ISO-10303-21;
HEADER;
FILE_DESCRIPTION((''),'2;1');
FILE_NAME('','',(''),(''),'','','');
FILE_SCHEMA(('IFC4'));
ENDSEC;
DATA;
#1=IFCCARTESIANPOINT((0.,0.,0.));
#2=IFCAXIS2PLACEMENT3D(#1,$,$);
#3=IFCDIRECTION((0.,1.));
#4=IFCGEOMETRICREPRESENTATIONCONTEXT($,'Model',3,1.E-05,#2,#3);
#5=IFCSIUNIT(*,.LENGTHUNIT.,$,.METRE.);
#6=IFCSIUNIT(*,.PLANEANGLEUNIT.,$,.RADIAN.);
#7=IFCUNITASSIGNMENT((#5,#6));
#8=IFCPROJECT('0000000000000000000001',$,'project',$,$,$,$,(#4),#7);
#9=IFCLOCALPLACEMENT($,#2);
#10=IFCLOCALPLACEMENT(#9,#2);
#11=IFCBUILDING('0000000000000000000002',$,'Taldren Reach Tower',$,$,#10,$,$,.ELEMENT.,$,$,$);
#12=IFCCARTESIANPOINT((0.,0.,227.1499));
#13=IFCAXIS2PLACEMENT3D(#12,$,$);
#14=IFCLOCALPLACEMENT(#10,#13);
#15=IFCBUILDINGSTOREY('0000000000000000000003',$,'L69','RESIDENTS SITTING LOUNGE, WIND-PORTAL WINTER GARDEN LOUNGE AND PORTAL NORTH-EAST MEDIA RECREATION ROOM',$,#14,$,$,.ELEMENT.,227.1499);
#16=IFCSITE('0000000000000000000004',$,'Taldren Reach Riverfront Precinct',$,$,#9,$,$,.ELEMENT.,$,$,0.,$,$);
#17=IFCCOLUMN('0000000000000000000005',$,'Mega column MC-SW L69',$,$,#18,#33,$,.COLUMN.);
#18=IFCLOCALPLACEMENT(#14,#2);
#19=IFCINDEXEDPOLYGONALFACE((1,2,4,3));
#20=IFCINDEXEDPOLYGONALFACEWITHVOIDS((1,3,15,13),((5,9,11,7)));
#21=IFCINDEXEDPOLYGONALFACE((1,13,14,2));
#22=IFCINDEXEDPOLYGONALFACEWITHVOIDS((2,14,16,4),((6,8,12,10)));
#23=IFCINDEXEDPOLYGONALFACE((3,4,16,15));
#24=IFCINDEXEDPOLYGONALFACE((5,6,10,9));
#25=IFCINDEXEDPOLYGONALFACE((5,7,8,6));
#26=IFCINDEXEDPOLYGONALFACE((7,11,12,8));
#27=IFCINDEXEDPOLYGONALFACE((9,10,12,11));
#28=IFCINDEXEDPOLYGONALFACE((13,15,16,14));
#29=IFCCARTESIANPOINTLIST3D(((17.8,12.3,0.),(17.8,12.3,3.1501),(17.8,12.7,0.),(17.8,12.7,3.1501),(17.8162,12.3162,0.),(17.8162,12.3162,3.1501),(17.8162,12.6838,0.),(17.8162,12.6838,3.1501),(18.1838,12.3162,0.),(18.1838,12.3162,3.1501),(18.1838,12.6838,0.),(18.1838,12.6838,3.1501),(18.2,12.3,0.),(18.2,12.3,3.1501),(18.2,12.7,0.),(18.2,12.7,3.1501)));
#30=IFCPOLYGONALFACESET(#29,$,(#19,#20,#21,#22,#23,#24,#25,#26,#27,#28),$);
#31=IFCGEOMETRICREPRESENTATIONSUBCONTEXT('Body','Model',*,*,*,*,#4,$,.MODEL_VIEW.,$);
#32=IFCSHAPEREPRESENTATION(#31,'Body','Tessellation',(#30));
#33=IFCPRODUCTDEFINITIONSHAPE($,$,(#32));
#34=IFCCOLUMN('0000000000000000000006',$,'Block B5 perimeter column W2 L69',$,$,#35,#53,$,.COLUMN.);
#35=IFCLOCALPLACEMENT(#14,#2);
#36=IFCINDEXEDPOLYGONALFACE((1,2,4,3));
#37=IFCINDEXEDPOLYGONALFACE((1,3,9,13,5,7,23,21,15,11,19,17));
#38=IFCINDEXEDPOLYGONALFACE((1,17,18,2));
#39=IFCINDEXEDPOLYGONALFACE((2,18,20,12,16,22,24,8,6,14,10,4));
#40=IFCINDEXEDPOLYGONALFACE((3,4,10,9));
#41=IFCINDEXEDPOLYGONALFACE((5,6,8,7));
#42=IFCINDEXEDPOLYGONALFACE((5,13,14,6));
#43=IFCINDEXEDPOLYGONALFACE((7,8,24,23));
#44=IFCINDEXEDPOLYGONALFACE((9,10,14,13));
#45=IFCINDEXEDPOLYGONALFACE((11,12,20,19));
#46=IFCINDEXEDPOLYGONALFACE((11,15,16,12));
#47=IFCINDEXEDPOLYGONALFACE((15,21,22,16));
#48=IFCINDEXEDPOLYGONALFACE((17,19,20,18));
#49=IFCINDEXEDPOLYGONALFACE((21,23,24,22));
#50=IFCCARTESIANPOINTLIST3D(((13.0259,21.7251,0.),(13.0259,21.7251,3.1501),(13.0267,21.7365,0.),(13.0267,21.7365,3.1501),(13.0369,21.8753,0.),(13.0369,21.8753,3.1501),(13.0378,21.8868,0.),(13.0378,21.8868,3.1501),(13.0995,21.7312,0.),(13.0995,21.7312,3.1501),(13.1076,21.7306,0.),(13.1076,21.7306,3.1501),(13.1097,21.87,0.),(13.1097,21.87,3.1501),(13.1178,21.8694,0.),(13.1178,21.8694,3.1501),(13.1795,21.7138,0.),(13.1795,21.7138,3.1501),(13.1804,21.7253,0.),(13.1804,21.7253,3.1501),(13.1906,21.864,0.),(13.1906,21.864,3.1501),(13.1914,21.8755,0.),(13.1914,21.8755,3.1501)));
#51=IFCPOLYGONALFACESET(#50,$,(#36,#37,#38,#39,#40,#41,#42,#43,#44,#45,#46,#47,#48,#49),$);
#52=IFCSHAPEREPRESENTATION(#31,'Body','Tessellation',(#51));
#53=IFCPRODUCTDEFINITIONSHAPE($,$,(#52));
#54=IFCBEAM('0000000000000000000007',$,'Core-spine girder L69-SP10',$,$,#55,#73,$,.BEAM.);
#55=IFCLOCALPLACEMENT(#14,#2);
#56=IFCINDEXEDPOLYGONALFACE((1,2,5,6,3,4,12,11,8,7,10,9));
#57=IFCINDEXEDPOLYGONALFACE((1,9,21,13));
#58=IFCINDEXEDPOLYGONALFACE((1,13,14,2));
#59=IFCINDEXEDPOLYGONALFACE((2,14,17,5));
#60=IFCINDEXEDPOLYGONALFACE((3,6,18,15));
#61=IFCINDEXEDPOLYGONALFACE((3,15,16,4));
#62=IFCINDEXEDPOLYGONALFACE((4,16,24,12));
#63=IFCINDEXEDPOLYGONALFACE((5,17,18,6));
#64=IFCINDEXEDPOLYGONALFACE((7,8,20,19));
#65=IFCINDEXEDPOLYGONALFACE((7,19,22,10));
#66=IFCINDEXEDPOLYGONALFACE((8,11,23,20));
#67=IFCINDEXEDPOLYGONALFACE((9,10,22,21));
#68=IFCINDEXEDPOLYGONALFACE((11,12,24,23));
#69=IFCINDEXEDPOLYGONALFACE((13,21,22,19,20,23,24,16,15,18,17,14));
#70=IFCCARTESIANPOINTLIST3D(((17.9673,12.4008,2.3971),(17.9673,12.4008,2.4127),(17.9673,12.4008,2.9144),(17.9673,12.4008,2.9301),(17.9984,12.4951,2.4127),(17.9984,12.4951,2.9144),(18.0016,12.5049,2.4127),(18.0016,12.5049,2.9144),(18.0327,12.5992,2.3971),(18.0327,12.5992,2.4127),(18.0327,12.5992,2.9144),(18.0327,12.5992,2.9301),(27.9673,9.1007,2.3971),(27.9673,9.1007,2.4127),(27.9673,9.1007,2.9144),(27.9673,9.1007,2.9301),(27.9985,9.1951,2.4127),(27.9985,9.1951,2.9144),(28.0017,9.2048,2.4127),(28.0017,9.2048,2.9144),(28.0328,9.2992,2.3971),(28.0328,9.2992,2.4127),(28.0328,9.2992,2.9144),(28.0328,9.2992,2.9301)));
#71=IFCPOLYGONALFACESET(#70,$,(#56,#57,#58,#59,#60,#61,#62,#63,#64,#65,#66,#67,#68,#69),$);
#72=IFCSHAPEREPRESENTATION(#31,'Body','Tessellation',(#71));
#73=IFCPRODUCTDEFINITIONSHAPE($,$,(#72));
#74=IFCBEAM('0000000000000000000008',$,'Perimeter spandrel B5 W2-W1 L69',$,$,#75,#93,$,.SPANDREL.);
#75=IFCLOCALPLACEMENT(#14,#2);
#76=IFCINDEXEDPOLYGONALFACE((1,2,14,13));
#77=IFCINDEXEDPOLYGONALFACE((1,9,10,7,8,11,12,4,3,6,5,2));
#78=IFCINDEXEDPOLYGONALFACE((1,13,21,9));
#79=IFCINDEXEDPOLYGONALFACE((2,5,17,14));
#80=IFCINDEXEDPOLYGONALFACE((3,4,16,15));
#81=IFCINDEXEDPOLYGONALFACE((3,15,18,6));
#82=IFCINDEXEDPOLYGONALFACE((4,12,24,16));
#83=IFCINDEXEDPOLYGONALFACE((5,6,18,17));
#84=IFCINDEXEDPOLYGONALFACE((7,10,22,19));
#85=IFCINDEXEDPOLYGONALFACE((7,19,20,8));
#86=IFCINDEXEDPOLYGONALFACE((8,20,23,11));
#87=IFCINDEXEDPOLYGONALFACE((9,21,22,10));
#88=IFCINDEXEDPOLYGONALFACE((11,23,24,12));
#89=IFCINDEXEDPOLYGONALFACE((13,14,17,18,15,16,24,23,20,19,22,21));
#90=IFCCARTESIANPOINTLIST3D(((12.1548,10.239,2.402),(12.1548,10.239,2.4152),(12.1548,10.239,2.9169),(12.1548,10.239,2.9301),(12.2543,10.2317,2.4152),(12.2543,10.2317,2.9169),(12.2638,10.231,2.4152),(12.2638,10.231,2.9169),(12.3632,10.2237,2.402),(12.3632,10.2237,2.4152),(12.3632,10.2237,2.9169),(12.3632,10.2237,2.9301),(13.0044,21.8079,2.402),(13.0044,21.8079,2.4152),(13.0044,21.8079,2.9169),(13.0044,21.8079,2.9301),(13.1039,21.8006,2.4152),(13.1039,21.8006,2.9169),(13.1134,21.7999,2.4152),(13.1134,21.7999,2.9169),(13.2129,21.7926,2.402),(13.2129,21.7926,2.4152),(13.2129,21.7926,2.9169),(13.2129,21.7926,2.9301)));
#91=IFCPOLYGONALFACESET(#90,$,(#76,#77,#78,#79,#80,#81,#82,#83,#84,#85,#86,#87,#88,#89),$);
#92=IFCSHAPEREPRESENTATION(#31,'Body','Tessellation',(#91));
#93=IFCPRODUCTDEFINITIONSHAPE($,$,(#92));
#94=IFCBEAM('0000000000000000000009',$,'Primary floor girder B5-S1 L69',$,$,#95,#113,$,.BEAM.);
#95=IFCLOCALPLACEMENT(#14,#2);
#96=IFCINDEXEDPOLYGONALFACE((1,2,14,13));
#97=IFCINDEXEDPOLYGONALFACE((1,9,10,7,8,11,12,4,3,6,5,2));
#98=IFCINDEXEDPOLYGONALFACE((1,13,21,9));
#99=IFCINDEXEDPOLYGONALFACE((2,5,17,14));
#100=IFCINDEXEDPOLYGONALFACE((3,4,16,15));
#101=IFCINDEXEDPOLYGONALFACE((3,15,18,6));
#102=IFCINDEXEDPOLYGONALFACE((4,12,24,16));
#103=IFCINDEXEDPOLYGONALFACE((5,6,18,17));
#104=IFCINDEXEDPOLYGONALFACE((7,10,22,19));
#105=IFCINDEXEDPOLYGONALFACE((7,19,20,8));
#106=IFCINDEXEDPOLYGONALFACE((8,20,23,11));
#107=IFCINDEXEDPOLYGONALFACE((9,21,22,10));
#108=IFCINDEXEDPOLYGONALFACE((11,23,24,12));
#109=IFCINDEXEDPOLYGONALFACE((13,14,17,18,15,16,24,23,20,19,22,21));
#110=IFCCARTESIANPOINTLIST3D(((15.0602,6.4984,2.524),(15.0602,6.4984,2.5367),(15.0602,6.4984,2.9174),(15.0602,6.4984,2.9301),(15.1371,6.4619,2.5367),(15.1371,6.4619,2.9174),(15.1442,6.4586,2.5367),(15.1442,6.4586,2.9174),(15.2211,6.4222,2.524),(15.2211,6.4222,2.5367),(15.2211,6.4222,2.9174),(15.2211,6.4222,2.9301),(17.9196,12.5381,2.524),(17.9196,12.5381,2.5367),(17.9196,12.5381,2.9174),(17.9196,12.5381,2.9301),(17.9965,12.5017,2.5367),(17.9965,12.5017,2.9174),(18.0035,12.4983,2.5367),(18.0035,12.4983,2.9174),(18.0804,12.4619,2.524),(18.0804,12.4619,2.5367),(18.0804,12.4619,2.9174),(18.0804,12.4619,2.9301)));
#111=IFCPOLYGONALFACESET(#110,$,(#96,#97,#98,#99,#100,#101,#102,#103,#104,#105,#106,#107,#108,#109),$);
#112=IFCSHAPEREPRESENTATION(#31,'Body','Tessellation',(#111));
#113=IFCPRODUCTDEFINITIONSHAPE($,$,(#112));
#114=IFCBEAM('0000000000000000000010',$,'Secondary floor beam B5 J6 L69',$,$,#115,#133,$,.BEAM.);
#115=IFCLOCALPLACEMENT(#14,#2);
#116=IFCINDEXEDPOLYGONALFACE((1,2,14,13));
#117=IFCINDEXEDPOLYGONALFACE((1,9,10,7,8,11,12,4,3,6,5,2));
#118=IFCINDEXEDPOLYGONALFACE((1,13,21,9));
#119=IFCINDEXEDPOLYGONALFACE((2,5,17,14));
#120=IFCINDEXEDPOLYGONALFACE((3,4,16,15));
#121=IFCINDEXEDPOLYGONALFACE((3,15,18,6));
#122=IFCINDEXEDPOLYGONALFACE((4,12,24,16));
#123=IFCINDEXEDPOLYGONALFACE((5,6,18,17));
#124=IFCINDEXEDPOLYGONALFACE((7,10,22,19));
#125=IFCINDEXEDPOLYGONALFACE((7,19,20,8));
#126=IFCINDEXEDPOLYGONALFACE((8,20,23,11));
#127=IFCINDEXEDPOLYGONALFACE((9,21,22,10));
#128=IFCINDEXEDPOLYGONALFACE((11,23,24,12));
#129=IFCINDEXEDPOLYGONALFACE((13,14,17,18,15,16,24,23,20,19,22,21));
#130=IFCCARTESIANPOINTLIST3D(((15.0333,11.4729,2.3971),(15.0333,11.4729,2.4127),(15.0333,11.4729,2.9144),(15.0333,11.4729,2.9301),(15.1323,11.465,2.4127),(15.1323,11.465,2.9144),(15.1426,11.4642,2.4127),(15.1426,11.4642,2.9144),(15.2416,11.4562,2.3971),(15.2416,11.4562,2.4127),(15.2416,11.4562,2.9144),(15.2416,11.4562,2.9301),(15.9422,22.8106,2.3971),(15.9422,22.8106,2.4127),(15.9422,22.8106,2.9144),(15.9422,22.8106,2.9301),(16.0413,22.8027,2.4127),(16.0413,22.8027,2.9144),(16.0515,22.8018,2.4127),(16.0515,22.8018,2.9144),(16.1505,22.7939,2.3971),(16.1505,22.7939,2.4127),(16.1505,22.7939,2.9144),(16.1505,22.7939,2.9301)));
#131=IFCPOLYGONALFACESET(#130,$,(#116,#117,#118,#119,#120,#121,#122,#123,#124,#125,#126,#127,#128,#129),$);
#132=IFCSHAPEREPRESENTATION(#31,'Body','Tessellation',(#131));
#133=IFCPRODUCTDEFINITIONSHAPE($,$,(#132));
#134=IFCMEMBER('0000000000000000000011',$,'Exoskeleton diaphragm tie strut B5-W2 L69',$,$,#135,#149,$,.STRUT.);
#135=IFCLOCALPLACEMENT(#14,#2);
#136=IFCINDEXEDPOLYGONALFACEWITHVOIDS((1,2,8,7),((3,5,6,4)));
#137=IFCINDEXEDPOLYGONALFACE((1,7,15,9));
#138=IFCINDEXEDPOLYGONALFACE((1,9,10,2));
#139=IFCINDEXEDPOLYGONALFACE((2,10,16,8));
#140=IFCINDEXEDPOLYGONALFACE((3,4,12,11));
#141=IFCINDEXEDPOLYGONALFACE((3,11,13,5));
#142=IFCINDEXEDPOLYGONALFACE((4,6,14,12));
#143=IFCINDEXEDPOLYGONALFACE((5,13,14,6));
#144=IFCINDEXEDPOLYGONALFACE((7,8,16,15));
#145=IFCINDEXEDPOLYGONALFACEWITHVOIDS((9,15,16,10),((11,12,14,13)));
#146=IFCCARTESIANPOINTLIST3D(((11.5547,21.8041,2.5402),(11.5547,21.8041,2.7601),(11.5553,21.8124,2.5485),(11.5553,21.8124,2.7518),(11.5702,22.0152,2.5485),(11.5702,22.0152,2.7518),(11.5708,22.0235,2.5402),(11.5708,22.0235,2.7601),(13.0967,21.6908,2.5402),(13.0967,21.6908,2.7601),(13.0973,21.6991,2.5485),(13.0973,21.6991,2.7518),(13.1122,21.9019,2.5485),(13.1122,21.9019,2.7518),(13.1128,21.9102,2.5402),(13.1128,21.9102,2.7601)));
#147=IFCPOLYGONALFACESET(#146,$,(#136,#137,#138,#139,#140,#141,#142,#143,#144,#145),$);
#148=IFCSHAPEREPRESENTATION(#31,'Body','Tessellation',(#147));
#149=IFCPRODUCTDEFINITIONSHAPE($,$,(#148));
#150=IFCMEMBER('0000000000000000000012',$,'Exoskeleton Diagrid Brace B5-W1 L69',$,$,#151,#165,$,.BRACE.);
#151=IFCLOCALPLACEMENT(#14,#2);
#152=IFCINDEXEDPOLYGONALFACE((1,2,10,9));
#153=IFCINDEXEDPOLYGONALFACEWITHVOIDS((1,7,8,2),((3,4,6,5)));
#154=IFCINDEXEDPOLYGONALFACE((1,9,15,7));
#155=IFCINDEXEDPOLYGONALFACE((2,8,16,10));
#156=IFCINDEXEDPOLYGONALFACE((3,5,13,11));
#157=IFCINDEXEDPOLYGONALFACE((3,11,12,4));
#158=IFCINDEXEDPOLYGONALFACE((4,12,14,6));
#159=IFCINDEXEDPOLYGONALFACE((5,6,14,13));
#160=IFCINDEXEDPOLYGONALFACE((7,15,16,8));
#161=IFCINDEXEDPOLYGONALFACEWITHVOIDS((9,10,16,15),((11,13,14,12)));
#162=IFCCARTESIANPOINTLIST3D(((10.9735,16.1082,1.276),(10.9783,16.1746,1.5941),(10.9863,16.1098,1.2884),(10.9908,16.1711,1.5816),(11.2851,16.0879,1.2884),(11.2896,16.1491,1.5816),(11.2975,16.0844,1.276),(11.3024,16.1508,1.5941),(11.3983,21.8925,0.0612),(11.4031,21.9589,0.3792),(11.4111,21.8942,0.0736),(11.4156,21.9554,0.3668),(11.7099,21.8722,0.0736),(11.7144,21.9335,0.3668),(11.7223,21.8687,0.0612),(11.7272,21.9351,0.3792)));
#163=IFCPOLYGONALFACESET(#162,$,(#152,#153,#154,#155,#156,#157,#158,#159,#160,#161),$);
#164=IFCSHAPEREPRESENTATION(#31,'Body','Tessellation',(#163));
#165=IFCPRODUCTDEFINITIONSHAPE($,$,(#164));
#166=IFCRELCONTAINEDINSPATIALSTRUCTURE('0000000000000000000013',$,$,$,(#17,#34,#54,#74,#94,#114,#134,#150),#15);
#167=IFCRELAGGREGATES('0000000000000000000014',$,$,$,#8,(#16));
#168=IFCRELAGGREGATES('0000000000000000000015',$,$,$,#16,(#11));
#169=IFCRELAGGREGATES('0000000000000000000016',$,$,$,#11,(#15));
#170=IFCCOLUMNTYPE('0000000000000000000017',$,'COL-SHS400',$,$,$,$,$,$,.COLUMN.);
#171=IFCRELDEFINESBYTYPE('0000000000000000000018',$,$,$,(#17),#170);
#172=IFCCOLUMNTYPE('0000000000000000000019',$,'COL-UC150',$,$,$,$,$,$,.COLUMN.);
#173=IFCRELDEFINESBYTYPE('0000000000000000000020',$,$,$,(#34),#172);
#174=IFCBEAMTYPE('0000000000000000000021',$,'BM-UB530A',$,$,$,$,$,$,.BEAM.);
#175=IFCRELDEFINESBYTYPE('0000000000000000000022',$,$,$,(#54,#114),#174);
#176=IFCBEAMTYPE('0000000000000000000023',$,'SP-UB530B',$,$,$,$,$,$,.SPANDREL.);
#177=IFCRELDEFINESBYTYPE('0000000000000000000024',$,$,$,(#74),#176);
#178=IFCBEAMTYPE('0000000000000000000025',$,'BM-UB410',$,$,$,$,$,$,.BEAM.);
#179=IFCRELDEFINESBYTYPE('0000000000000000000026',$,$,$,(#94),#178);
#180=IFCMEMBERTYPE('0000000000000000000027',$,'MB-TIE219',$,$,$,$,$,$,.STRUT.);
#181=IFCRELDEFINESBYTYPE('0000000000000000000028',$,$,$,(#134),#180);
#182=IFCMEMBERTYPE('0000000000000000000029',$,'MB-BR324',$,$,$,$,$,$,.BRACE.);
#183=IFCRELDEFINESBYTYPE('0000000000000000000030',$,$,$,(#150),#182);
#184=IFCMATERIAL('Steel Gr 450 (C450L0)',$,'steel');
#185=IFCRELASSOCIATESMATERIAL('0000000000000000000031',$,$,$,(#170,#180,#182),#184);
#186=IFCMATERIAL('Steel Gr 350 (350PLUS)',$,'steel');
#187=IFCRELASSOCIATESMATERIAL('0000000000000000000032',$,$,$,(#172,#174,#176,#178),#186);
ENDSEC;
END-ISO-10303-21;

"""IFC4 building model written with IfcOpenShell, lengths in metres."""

from ifc_helpers import new_model, si_unit, direction, frame, origin, origin_2d, place, context, subcontext, project, spatial, hollow_rectangle, i_section, extrude, source, transform, mapped, material, material_profile, profile_set, type_object, element, save


model = new_model("IFC4")

# Units and contexts
model_context = context("Model", 3, precision=1e-05, world=origin(), true_north=direction((0.0, 1.0)))
body_context = subcontext(model_context, "Body", "Model", "MODEL_VIEW")
ifc_project = project(units=[si_unit("LENGTHUNIT", "METRE"), si_unit("PLANEANGLEUNIT", "RADIAN")], contexts=[model_context])

# Site, building, storey
site_placement = place(None, origin())
site = spatial("IfcSite", under=ifc_project, at=site_placement, Name="Taldren Reach Riverfront Precinct", CompositionType="ELEMENT", RefElevation=0.0)
building_placement = place(site_placement, origin())
building = spatial("IfcBuilding", under=site, at=building_placement, Name="Taldren Reach Tower", CompositionType="ELEMENT")
storey_placement = place(building_placement, frame((0.0, 0.0, 227.1499)))
storey = spatial("IfcBuildingStorey", under=building, at=storey_placement, Name="L69", Description="RESIDENTS SITTING LOUNGE, WIND-PORTAL WINTER GARDEN LOUNGE AND PORTAL NORTH-EAST MEDIA RECREATION ROOM", CompositionType="ELEMENT", Elevation=227.1499)

# Columns
ifc_material_1 = material(Name="Steel Gr 450 (C450L0)", Category="steel")
ifc_material_profile_1 = material_profile(ifc_material_1, hollow_rectangle(XDim=0.3999, YDim=0.3999, WallThickness=0.0161, at=origin_2d()), Name="400x400x16.0SHS")
ifc_profile_set_1 = profile_set([ifc_material_profile_1], Name="Steel Gr 450 (C450L0)")
column_type_1 = type_object("IfcColumnType", Name="COL-SHS400", PredefinedType="COLUMN", material=ifc_profile_set_1)
shared_shape_1 = source(origin(), body_context, "Body", "SweptSolid", [
    extrude(hollow_rectangle(XDim=0.3999, YDim=0.3999, WallThickness=0.0161, at=origin_2d()), origin(), (0.0, 0.0, 1.0), 3.1501),
])
column_1_placement = place(storey_placement, frame((18.0, 12.5, 0.0), z_axis=(0.0, 0.0, 1.0), x_axis=(1.0, 0.0, 0.0)))
element("IfcColumn", 1, at=column_1_placement, inside=storey, type_object=column_type_1, Name="Mega column MC-SW L69", PredefinedType="COLUMN", context=body_context, shape_type="MappedRepresentation", body=[
    mapped(shared_shape_1, transform((0.0, 0.0, 0.0), scale=1.0)),
])
ifc_material_2 = material(Name="Steel Gr 350 (350PLUS)", Category="steel")
ifc_material_profile_2 = material_profile(ifc_material_2, i_section(OverallWidth=0.1541, OverallDepth=0.1621, WebThickness=0.0081, FlangeThickness=0.0115, at=origin_2d()), Name="150UC37.2")
ifc_profile_set_2 = profile_set([ifc_material_profile_2], Name="Steel Gr 350 (350PLUS)")
column_type_2 = type_object("IfcColumnType", Name="COL-UC150", PredefinedType="COLUMN", material=ifc_profile_set_2)
shared_shape_2 = source(origin(), body_context, "Body", "SweptSolid", [
    extrude(i_section(OverallWidth=0.1541, OverallDepth=0.1621, WebThickness=0.0081, FlangeThickness=0.0115, at=origin_2d()), origin(), (0.0, 0.0, 1.0), 3.1501),
])
column_2_placement = place(storey_placement, frame((13.1086, 21.8003, 0.0), z_axis=(0.0, 0.0, 1.0), x_axis=(0.997314, -0.073238, 0.0)))
element("IfcColumn", 2, at=column_2_placement, inside=storey, type_object=column_type_2, Name="Block B5 perimeter column W2 L69", PredefinedType="COLUMN", context=body_context, shape_type="MappedRepresentation", body=[
    mapped(shared_shape_2, transform((0.0, 0.0, 0.0), scale=1.0)),
])

# Beams
ifc_material_profile_3 = material_profile(ifc_material_2, i_section(OverallWidth=0.209, OverallDepth=0.533, WebThickness=0.0103, FlangeThickness=0.0156, at=origin_2d()), Name="530UB92.4")
ifc_profile_set_3 = profile_set([ifc_material_profile_3], Name="Steel Gr 350 (350PLUS)")
beam_type_1 = type_object("IfcBeamType", Name="BM-UB530A", PredefinedType="BEAM", material=ifc_profile_set_3)
shared_shape_3 = source(origin(), body_context, "Body", "SweptSolid", [
    extrude(i_section(OverallWidth=0.209, OverallDepth=0.533, WebThickness=0.0103, FlangeThickness=0.0156, at=origin_2d()), origin(), (0.0, 0.0, 1.0), 10.5305),
])
beam_1_placement = place(storey_placement, frame((18.0, 12.5, 2.6636), z_axis=(0.949627, -0.313382, 0.0), x_axis=(0.313382, 0.949627, 0.0)))
element("IfcBeam", 3, at=beam_1_placement, inside=storey, type_object=beam_type_1, Name="Core-spine girder L69-SP10", PredefinedType="BEAM", context=body_context, shape_type="MappedRepresentation", body=[
    mapped(shared_shape_3, transform((0.0, 0.0, 0.0), scale=1.0)),
])
ifc_material_profile_4 = material_profile(ifc_material_2, i_section(OverallWidth=0.209, OverallDepth=0.5281, WebThickness=0.0095, FlangeThickness=0.0132, at=origin_2d()), Name="530UB82.0")
ifc_profile_set_4 = profile_set([ifc_material_profile_4], Name="Steel Gr 350 (350PLUS)")
beam_type_2 = type_object("IfcBeamType", Name="SP-UB530B", PredefinedType="SPANDREL", material=ifc_profile_set_4)
shared_shape_4 = source(origin(), body_context, "Body", "SweptSolid", [
    extrude(i_section(OverallWidth=0.209, OverallDepth=0.5281, WebThickness=0.0095, FlangeThickness=0.0132, at=origin_2d()), origin(), (0.0, 0.0, 1.0), 11.6001),
])
beam_2_placement = place(storey_placement, frame((13.1086, 21.8003, 2.666), z_axis=(-0.073242, -0.997314, 0.0), x_axis=(0.997314, -0.073242, 0.0)))
element("IfcBeam", 4, at=beam_2_placement, inside=storey, type_object=beam_type_2, Name="Perimeter spandrel B5 W2-W1 L69", PredefinedType="SPANDREL", context=body_context, shape_type="MappedRepresentation", body=[
    mapped(shared_shape_4, transform((0.0, 0.0, 0.0), scale=1.0)),
])
ifc_material_profile_5 = material_profile(ifc_material_2, i_section(OverallWidth=0.178, OverallDepth=0.406, WebThickness=0.0078, FlangeThickness=0.0127, at=origin_2d()), Name="410UB59.7")
ifc_profile_set_5 = profile_set([ifc_material_profile_5], Name="Steel Gr 350 (350PLUS)")
beam_type_3 = type_object("IfcBeamType", Name="BM-UB410", PredefinedType="BEAM", material=ifc_profile_set_5)
shared_shape_5 = source(origin(), body_context, "Body", "SweptSolid", [
    extrude(i_section(OverallWidth=0.178, OverallDepth=0.406, WebThickness=0.0078, FlangeThickness=0.0127, at=origin_2d()), origin(), (0.0, 0.0, 1.0), 6.6824),
])
beam_3_placement = place(storey_placement, frame((18.0, 12.5, 2.7271), z_axis=(-0.427893, -0.903829, 0.0), x_axis=(0.903829, -0.427893, 0.0)))
element("IfcBeam", 5, at=beam_3_placement, inside=storey, type_object=beam_type_3, Name="Primary floor girder B5-S1 L69", PredefinedType="BEAM", context=body_context, shape_type="MappedRepresentation", body=[
    mapped(shared_shape_5, transform((0.0, 0.0, 0.0), scale=1.0)),
])
shared_shape_6 = source(origin(), body_context, "Body", "SweptSolid", [
    extrude(i_section(OverallWidth=0.209, OverallDepth=0.533, WebThickness=0.0103, FlangeThickness=0.0156, at=origin_2d()), origin(), (0.0, 0.0, 1.0), 11.374),
])
beam_4_placement = place(storey_placement, frame((15.1375, 11.4646, 2.6636), z_axis=(0.079913, 0.996802, 0.0), x_axis=(-0.996802, 0.079913, 0.0)))
element("IfcBeam", 6, at=beam_4_placement, inside=storey, type_object=beam_type_1, Name="Secondary floor beam B5 J6 L69", PredefinedType="BEAM", context=body_context, shape_type="MappedRepresentation", body=[
    mapped(shared_shape_6, transform((0.0, 0.0, 0.0), scale=1.0)),
])

# Members
ifc_material_profile_6 = material_profile(ifc_material_1, hollow_rectangle(XDim=0.22, YDim=0.22, WallThickness=0.0083, at=origin_2d()), Name="220x220x8.2SHS")
ifc_profile_set_6 = profile_set([ifc_material_profile_6], Name="Steel Gr 450 (C450L0)")
member_type_1 = type_object("IfcMemberType", Name="MB-TIE219", PredefinedType="STRUT", material=ifc_profile_set_6)
shared_shape_7 = source(origin(), body_context, "Body", "SweptSolid", [
    extrude(hollow_rectangle(XDim=0.22, YDim=0.22, WallThickness=0.0083, at=origin_2d()), origin(), (0.0, 0.0, 1.0), 1.5461),
])
member_1_placement = place(storey_placement, frame((13.1047, 21.8005, 2.6501), z_axis=(-0.997312, 0.073267, 0.0), x_axis=(-0.073267, -0.997312, 0.0)))
element("IfcMember", 7, at=member_1_placement, inside=storey, type_object=member_type_1, Name="Exoskeleton diaphragm tie strut B5-W2 L69", PredefinedType="STRUT", context=body_context, shape_type="MappedRepresentation", body=[
    mapped(shared_shape_7, transform((0.0, 0.0, 0.0), scale=1.0)),
])
ifc_material_profile_7 = material_profile(ifc_material_1, hollow_rectangle(XDim=0.325, YDim=0.325, WallThickness=0.0127, at=origin_2d()), Name="325x325x12.7SHS")
ifc_profile_set_7 = profile_set([ifc_material_profile_7], Name="Steel Gr 450 (C450L0)")
member_type_2 = type_object("IfcMemberType", Name="MB-BR324", PredefinedType="BRACE", material=ifc_profile_set_7)
shared_shape_8 = source(origin(), body_context, "Body", "SweptSolid", [
    extrude(hollow_rectangle(XDim=0.325, YDim=0.325, WallThickness=0.0127, at=origin_2d()), origin(), (0.0, 0.0, 1.0), 5.9258),
])
for number, where, z_axis, x_axis, name in (
    (8, (11.5627, 21.9138, 0.2202), (-0.071687, -0.976132, 0.205007), (0.997314, -0.073242, 0.0), "Exoskeleton Diagrid Brace B5-W1 L69"),
):
    element("IfcMember", number, at=place(storey_placement, frame(where, z_axis=z_axis, x_axis=x_axis)), inside=storey, type_object=member_type_2, Name=name, PredefinedType="BRACE", context=body_context, shape_type="MappedRepresentation", body=[
        mapped(shared_shape_8, transform((0.0, 0.0, 0.0), scale=1.0)),
    ])

save(model, "model.ifc")
